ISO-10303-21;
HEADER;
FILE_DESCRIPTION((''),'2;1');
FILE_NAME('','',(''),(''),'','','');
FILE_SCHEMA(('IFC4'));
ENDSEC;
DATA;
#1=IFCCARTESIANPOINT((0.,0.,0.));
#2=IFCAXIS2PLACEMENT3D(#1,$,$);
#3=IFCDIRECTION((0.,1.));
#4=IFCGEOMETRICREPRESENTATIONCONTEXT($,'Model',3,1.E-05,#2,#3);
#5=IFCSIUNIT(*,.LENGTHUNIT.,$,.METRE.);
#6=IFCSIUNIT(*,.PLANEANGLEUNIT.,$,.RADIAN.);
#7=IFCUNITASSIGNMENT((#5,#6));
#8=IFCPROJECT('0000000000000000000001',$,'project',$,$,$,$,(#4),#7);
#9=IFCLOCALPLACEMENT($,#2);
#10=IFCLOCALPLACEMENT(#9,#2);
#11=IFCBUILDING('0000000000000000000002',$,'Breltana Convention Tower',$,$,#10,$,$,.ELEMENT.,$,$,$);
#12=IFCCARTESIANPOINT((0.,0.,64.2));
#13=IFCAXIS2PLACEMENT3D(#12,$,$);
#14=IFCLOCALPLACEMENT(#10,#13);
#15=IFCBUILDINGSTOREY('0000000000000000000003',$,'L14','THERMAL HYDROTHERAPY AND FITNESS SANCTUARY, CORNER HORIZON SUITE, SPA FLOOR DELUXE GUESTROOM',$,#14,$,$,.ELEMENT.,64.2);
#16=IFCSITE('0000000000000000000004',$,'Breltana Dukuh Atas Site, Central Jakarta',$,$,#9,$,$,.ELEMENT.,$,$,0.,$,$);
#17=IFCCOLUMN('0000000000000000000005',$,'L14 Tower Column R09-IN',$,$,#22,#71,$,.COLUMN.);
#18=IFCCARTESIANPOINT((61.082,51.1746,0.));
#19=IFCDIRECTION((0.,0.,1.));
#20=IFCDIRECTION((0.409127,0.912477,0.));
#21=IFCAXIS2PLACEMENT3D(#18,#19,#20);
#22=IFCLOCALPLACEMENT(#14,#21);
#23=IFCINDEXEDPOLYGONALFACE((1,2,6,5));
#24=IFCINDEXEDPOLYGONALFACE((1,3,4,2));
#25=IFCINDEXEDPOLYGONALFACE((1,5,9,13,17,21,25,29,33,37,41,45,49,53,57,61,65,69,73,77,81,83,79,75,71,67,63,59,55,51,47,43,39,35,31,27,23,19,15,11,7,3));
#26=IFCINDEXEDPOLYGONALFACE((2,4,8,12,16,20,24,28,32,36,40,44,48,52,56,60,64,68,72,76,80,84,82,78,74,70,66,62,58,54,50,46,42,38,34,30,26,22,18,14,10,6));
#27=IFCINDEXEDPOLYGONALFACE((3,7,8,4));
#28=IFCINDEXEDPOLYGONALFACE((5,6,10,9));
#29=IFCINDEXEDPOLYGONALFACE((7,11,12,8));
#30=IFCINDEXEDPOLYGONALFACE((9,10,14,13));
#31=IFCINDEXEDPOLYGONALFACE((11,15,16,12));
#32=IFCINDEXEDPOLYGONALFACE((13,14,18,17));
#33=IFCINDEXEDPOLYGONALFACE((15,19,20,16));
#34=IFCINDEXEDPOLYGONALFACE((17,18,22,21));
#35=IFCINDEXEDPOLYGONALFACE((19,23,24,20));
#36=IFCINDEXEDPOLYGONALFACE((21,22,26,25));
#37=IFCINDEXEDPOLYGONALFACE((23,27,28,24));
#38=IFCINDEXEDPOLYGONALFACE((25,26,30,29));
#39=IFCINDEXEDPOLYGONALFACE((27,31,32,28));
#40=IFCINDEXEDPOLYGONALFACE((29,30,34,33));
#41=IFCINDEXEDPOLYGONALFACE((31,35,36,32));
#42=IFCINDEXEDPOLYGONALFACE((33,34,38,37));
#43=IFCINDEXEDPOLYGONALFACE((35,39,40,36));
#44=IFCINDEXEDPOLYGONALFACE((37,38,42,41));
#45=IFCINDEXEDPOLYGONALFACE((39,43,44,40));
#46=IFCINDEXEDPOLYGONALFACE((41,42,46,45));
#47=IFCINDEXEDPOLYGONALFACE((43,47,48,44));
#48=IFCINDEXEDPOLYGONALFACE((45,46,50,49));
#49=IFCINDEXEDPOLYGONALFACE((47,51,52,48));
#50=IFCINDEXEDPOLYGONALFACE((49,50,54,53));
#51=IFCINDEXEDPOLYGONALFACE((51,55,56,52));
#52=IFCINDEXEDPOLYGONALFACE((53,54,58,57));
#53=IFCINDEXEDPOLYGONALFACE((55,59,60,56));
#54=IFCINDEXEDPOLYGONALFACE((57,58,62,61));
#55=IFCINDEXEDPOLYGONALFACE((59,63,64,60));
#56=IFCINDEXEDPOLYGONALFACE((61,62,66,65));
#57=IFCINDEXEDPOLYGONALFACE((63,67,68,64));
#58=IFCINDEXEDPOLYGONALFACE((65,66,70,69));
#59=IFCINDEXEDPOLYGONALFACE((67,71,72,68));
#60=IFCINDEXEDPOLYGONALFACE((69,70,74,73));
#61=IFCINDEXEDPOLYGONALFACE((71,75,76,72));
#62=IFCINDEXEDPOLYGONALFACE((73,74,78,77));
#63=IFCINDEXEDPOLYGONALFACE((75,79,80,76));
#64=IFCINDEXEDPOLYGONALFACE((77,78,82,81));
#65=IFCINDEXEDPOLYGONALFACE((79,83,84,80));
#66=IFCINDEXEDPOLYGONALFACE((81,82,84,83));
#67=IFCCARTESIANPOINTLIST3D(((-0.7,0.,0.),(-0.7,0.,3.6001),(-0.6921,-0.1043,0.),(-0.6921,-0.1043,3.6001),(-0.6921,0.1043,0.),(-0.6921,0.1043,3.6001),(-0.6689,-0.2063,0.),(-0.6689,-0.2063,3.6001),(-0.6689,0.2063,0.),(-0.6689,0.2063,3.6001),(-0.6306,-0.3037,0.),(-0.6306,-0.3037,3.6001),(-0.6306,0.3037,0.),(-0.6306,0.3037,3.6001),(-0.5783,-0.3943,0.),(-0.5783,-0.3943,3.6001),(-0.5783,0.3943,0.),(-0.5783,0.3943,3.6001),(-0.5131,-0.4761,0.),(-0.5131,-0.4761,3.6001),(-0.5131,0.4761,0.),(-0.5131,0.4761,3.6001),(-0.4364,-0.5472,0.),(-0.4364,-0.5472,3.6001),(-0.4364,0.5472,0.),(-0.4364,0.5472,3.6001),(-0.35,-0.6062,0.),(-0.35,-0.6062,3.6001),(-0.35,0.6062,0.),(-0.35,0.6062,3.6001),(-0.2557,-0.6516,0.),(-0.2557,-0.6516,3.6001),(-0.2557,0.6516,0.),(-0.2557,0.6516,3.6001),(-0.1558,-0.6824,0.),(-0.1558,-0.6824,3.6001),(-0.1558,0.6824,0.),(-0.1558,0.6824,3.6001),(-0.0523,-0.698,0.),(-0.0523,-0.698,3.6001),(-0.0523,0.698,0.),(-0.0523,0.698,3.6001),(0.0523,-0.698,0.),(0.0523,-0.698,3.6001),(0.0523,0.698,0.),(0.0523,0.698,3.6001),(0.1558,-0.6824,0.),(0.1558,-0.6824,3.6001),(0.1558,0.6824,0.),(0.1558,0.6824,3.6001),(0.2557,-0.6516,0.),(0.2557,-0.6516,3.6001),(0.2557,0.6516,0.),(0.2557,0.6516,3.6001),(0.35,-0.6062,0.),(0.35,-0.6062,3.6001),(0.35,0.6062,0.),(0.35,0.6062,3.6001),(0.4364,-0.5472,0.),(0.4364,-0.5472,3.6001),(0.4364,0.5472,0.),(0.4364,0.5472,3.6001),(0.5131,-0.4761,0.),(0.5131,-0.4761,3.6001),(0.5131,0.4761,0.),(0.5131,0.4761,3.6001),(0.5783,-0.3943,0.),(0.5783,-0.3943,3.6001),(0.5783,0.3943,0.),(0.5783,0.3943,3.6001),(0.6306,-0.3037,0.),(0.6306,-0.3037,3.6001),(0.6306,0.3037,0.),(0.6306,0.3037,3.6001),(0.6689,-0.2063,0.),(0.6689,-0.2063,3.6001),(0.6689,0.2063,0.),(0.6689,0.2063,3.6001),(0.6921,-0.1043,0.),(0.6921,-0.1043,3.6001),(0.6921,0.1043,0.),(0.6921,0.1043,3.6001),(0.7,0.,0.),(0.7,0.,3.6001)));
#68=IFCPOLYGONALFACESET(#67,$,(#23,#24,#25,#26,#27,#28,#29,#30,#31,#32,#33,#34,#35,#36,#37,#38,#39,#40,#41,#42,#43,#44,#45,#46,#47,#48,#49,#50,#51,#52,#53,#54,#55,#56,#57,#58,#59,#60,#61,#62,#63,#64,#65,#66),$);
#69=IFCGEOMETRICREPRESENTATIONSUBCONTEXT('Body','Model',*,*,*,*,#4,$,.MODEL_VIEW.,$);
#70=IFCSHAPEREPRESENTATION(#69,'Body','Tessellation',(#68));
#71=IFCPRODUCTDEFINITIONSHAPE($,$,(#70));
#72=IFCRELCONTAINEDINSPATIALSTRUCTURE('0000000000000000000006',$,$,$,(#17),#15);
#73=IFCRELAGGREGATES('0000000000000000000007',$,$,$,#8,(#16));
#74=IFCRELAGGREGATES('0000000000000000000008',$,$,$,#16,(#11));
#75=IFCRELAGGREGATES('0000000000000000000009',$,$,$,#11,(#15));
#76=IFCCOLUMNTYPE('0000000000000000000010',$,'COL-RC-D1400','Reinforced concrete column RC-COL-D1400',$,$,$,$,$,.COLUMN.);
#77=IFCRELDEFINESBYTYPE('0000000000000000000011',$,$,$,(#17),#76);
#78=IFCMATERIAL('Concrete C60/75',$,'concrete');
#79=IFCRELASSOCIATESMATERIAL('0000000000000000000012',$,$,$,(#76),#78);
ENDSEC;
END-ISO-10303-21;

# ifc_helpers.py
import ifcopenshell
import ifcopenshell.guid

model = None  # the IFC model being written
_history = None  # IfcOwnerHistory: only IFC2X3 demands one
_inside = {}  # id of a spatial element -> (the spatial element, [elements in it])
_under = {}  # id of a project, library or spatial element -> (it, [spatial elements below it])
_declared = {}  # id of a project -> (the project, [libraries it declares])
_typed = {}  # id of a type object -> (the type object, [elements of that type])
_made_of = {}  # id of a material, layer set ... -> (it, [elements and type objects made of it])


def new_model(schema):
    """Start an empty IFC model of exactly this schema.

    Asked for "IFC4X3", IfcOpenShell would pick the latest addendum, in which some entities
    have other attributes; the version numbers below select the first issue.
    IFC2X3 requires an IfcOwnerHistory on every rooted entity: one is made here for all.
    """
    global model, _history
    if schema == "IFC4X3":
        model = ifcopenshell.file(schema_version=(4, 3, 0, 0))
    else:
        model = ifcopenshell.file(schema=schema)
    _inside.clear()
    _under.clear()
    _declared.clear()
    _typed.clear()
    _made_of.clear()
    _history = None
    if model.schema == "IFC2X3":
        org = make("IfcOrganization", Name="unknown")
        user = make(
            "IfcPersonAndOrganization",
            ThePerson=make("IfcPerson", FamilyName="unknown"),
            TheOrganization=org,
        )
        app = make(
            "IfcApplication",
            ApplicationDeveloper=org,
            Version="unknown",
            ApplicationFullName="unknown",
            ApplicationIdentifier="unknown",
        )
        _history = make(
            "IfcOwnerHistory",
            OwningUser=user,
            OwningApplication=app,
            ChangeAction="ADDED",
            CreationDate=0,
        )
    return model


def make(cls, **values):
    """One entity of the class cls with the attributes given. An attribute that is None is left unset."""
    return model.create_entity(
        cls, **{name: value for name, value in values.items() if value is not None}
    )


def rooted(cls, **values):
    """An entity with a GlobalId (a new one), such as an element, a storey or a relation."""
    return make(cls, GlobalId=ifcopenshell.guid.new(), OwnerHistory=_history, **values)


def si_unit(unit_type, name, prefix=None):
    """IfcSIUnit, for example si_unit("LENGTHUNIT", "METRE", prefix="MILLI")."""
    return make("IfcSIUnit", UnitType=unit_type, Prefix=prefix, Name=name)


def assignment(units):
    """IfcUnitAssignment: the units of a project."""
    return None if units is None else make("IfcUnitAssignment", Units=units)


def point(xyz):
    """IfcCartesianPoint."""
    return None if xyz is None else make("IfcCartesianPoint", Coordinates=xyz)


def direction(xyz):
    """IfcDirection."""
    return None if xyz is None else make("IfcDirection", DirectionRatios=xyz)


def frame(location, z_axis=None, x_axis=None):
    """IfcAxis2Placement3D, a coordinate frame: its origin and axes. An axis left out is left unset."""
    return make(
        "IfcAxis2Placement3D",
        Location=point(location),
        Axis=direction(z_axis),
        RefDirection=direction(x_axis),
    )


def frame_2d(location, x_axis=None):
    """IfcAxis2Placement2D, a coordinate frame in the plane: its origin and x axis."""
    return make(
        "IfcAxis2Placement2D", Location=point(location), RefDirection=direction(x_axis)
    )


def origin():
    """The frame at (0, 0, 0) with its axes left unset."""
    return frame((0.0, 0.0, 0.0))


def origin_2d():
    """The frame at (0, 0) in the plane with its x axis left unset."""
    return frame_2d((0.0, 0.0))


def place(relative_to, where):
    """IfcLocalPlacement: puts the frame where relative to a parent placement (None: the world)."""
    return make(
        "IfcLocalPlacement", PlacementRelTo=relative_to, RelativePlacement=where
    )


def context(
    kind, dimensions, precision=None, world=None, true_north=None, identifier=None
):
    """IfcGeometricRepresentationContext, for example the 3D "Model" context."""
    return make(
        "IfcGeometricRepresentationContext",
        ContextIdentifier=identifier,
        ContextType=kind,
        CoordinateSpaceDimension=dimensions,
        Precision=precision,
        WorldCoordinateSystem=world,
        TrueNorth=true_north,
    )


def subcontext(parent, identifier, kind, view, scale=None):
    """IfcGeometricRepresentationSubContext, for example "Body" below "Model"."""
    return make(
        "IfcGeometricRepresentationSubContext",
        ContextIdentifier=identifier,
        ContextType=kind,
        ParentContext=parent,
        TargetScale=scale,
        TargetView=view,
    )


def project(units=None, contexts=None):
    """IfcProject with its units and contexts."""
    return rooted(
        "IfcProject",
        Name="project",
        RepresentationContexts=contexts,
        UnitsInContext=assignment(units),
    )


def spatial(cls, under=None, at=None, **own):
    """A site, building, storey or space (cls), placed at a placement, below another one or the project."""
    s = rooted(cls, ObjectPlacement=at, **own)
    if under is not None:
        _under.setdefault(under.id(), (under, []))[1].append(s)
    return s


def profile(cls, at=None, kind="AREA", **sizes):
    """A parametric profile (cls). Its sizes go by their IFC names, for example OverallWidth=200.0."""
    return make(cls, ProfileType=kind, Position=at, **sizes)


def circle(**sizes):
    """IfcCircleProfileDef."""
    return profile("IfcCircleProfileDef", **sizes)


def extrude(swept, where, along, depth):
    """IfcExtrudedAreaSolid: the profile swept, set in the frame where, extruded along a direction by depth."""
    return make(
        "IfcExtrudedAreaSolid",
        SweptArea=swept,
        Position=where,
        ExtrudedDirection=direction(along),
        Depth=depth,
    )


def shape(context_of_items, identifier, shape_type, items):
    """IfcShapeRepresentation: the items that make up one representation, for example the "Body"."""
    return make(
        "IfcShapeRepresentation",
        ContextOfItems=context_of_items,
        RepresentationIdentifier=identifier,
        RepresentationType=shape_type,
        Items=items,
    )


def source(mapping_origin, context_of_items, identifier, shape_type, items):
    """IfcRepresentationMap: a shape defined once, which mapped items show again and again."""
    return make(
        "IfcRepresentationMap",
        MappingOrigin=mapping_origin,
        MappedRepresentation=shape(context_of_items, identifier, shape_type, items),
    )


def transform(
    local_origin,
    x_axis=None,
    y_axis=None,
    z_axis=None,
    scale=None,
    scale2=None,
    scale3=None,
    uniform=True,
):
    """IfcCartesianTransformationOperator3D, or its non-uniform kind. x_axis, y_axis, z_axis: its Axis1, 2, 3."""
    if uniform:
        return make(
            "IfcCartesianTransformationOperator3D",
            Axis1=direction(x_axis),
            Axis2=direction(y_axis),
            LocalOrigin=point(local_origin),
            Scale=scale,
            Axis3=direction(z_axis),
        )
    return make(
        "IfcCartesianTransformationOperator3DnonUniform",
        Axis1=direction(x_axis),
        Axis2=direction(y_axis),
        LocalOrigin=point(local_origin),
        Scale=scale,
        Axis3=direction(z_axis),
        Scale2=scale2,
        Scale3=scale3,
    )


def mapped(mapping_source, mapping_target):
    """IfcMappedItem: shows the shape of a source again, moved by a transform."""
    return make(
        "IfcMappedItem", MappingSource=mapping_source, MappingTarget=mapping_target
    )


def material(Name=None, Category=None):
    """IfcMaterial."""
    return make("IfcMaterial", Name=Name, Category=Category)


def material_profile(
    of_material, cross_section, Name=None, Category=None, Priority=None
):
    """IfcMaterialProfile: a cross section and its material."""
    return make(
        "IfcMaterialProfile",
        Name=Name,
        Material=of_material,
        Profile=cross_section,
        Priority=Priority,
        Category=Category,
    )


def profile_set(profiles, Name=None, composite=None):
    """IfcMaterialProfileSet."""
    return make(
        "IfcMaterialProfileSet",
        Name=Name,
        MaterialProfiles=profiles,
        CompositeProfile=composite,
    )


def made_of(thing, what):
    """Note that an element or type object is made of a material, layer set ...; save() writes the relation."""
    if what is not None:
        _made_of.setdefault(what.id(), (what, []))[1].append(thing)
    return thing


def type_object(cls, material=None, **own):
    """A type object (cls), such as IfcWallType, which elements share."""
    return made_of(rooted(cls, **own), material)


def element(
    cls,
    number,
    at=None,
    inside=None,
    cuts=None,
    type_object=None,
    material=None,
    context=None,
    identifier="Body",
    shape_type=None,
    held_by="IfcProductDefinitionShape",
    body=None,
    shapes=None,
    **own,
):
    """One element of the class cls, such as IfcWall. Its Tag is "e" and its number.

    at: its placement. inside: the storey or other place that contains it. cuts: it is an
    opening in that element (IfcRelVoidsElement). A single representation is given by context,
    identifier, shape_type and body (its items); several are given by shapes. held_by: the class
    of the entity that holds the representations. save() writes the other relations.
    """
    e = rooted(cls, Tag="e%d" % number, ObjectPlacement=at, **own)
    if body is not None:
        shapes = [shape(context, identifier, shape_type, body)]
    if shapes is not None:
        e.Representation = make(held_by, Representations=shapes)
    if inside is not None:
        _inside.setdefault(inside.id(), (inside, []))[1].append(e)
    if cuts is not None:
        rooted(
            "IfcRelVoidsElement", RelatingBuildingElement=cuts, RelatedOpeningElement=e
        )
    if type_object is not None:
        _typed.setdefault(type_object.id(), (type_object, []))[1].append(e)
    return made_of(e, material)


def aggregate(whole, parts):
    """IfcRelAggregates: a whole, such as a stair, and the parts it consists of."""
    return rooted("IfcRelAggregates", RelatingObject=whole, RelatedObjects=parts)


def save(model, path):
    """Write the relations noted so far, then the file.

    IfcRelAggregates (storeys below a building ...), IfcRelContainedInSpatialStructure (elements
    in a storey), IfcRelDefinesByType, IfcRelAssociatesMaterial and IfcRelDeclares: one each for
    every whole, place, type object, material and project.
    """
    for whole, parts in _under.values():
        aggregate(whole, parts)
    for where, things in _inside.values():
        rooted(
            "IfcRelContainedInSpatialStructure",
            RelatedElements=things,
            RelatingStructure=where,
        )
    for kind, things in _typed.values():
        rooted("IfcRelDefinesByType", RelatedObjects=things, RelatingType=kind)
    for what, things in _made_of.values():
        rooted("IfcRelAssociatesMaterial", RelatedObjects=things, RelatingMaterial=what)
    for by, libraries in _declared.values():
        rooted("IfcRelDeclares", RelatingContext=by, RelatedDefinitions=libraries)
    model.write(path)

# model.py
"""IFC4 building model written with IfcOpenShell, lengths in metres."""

from ifc_helpers import new_model, si_unit, direction, frame, origin, origin_2d, place, context, subcontext, project, spatial, circle, extrude, source, transform, mapped, material, material_profile, profile_set, type_object, element, save


model = new_model("IFC4")

# Units and contexts
model_context = context("Model", 3, precision=1e-05, world=origin(), true_north=direction((0.0, 1.0)))
body_context = subcontext(model_context, "Body", "Model", "MODEL_VIEW")
ifc_project = project(units=[si_unit("LENGTHUNIT", "METRE"), si_unit("PLANEANGLEUNIT", "RADIAN")], contexts=[model_context])

# Site, building, storey
site_placement = place(None, origin())
site = spatial("IfcSite", under=ifc_project, at=site_placement, Name="Breltana Dukuh Atas Site, Central Jakarta", CompositionType="ELEMENT", RefElevation=0.0)
building_placement = place(site_placement, origin())
building = spatial("IfcBuilding", under=site, at=building_placement, Name="Breltana Convention Tower", CompositionType="ELEMENT")
storey_placement = place(building_placement, frame((0.0, 0.0, 64.2)))
storey = spatial("IfcBuildingStorey", under=building, at=storey_placement, Name="L14", Description="THERMAL HYDROTHERAPY AND FITNESS SANCTUARY, CORNER HORIZON SUITE, SPA FLOOR DELUXE GUESTROOM", CompositionType="ELEMENT", Elevation=64.2)

# Column
ifc_material_1 = material(Name="Concrete C60/75", Category="concrete")
ifc_material_profile_1 = material_profile(ifc_material_1, circle(Radius=0.7, at=origin_2d()), Name="RC-COL-D1400")
ifc_profile_set_1 = profile_set([ifc_material_profile_1], Name="Concrete C60/75")
column_type = type_object("IfcColumnType", Name="COL-RC-D1400", Description="Reinforced concrete column RC-COL-D1400", PredefinedType="COLUMN", material=ifc_profile_set_1)
shared_shape_1 = source(origin(), body_context, "Body", "SweptSolid", [
    extrude(circle(Radius=0.7, at=origin_2d()), origin(), (0.0, 0.0, 1.0), 3.6001),
])
for number, where, z_axis, x_axis, name in (
    (1, (61.082, 51.1746, 0.0), (0.0, 0.0, 1.0), (0.409127, 0.912477, 0.0), "L14 Tower Column R09-IN"),
):
    element("IfcColumn", number, at=place(storey_placement, frame(where, z_axis=z_axis, x_axis=x_axis)), inside=storey, type_object=column_type, Name=name, PredefinedType="COLUMN", context=body_context, shape_type="MappedRepresentation", body=[
        mapped(shared_shape_1, transform((0.0, 0.0, 0.0), scale=1.0)),
    ])

save(model, "model.ifc")
